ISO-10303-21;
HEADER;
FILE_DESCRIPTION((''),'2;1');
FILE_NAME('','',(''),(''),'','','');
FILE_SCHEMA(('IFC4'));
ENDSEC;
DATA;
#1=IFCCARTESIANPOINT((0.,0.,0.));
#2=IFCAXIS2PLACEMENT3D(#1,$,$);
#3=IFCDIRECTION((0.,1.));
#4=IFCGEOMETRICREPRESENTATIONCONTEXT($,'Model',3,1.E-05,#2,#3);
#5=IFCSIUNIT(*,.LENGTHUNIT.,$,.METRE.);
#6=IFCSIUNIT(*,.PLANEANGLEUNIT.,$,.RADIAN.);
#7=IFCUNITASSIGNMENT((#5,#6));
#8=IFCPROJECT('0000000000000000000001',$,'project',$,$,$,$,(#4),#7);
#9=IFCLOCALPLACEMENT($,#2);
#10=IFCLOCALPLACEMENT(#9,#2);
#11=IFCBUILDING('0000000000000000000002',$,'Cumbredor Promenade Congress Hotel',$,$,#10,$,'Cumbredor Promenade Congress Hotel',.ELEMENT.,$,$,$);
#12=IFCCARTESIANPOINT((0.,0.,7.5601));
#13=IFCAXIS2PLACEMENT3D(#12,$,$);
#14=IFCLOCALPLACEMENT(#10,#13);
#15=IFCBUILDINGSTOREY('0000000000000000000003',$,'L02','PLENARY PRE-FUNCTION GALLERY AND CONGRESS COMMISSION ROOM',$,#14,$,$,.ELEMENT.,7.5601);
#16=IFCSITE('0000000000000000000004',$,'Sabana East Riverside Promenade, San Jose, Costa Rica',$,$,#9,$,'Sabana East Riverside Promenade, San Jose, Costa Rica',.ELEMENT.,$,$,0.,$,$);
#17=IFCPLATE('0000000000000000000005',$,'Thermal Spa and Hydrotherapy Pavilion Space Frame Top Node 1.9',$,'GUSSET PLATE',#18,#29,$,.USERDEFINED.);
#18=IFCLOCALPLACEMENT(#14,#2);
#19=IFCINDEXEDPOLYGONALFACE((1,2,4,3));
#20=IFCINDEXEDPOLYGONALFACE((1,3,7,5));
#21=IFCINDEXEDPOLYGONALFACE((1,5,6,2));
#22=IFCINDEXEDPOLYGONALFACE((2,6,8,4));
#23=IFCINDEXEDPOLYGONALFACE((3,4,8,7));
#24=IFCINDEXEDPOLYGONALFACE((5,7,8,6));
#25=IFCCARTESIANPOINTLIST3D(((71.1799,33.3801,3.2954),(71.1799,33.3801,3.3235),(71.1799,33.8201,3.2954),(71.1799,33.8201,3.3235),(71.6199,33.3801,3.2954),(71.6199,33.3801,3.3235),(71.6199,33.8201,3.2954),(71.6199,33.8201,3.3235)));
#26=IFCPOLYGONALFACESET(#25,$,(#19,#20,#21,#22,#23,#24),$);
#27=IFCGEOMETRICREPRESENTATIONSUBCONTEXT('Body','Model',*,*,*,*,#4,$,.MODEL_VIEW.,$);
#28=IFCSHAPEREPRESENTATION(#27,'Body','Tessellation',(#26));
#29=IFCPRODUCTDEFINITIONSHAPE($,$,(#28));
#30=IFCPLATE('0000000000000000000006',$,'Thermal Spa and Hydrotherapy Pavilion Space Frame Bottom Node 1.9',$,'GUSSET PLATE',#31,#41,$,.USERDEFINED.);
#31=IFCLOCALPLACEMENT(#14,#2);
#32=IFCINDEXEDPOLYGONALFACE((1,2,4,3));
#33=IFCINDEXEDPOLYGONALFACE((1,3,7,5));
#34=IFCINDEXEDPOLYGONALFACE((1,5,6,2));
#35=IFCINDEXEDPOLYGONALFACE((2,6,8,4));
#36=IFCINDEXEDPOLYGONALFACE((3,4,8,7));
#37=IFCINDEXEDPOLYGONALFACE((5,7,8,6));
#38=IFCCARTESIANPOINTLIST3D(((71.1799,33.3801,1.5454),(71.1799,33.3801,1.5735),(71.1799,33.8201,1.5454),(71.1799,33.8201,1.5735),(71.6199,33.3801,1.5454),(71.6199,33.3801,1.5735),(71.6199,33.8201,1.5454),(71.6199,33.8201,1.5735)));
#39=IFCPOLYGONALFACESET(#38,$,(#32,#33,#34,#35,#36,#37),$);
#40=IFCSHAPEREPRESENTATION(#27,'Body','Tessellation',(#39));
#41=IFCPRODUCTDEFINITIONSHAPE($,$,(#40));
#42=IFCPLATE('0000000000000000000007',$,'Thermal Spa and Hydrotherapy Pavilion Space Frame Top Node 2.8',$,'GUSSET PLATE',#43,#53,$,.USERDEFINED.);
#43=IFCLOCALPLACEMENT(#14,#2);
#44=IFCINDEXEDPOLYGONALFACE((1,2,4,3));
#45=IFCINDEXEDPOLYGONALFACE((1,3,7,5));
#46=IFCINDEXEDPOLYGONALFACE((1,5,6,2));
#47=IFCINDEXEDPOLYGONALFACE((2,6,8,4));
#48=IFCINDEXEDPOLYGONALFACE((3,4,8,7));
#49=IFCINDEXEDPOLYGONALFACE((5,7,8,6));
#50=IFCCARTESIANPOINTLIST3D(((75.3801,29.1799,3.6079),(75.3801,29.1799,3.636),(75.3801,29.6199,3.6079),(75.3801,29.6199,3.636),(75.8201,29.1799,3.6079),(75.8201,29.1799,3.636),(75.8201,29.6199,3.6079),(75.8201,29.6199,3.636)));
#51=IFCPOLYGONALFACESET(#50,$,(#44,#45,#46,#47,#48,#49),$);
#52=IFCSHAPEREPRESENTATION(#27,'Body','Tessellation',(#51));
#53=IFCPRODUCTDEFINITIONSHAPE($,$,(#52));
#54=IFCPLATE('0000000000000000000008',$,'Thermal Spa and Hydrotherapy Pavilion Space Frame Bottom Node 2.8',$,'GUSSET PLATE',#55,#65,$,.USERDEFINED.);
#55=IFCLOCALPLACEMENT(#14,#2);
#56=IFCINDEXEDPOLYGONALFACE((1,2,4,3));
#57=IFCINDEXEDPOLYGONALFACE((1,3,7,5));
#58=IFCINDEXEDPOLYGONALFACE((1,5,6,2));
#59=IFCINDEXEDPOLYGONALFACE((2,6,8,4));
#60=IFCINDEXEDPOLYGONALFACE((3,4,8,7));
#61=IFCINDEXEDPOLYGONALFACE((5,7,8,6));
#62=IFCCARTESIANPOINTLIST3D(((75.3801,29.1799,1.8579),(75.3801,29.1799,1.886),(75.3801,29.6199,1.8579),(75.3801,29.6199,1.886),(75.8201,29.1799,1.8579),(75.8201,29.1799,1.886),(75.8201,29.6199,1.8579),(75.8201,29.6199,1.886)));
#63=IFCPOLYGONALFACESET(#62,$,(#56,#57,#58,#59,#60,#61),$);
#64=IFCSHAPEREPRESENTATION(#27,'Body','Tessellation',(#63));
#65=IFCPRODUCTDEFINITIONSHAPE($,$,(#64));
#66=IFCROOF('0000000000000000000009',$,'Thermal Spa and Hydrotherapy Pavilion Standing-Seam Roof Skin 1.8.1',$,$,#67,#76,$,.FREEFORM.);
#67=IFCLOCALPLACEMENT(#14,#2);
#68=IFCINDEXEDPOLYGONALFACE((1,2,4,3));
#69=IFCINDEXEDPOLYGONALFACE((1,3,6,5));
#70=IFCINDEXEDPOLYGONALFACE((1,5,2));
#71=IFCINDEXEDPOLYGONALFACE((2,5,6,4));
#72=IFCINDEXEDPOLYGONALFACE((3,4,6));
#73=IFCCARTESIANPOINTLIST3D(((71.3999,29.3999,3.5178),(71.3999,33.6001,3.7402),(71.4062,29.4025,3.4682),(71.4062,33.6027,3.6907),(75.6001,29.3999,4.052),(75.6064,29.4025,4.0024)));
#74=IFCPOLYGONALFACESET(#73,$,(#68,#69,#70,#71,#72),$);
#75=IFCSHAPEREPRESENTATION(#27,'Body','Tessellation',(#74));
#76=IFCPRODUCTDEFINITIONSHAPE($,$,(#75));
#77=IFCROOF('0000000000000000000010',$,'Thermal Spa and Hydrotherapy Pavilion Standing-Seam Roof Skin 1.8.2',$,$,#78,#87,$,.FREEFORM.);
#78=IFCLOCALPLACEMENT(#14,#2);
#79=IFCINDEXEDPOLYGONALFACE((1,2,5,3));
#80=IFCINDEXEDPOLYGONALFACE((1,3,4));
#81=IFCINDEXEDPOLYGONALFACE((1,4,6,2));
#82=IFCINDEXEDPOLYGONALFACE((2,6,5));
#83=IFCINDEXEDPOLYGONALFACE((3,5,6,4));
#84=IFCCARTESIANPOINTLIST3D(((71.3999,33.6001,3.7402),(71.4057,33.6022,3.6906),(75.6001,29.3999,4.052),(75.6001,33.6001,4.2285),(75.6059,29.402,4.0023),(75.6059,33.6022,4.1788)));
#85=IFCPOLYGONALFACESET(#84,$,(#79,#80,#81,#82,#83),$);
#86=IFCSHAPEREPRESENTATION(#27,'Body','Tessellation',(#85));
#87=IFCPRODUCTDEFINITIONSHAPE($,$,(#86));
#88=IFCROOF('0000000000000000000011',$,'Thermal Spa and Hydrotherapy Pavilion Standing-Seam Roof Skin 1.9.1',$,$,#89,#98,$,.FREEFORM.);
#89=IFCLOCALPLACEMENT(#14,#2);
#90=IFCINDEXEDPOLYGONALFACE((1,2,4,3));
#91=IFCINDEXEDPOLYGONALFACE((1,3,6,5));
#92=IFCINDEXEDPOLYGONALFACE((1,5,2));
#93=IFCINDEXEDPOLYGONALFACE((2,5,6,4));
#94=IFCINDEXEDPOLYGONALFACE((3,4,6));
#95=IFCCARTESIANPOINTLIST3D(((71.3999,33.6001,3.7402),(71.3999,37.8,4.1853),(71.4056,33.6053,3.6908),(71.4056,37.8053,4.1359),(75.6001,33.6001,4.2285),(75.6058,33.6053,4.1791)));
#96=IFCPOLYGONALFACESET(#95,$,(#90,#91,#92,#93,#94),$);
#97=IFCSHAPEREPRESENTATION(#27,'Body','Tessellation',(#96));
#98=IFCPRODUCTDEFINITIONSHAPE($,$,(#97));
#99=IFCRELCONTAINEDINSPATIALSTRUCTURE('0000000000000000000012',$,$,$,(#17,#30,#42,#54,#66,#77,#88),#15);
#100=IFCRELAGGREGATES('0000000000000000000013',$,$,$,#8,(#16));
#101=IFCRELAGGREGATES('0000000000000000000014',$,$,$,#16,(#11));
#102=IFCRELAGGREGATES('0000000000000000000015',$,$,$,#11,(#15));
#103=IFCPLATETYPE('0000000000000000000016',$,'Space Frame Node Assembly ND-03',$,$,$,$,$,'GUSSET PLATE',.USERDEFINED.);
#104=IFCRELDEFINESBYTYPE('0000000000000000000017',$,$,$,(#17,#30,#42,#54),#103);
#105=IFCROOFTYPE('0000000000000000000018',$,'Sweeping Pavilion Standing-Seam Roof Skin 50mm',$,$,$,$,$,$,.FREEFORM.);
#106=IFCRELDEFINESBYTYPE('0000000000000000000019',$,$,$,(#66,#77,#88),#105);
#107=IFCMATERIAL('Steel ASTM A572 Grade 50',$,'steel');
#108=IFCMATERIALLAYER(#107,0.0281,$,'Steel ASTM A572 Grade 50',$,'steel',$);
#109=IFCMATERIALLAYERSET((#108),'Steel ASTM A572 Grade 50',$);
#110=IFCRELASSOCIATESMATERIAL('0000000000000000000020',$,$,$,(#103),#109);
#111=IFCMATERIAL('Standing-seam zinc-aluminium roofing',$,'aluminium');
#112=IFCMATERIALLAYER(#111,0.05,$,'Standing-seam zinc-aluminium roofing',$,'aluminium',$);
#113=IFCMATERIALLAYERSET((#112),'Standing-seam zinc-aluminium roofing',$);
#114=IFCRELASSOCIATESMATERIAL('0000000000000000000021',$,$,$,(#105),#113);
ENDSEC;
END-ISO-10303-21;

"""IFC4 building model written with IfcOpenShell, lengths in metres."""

from ifc_helpers import new_model, si_unit, direction, frame, origin, origin_2d, place, context, subcontext, project, spatial, polyline, rectangle, outline, extrude, material, layer, layer_set, type_object, element, save


model = new_model("IFC4")

# Units and contexts
model_context = context("Model", 3, precision=1e-05, world=origin(), true_north=direction((0.0, 1.0)))
body_context = subcontext(model_context, "Body", "Model", "MODEL_VIEW")
ifc_project = project(units=[si_unit("LENGTHUNIT", "METRE"), si_unit("PLANEANGLEUNIT", "RADIAN")], contexts=[model_context])

# Site, building, storey
site_placement = place(None, origin())
site = spatial("IfcSite", under=ifc_project, at=site_placement, Name="Sabana East Riverside Promenade, San Jose, Costa Rica", LongName="Sabana East Riverside Promenade, San Jose, Costa Rica", CompositionType="ELEMENT", RefElevation=0.0)
building_placement = place(site_placement, origin())
building = spatial("IfcBuilding", under=site, at=building_placement, Name="Cumbredor Promenade Congress Hotel", LongName="Cumbredor Promenade Congress Hotel", CompositionType="ELEMENT")
storey_placement = place(building_placement, frame((0.0, 0.0, 7.5601)))
storey = spatial("IfcBuildingStorey", under=building, at=storey_placement, Name="L02", Description="PLENARY PRE-FUNCTION GALLERY AND CONGRESS COMMISSION ROOM", CompositionType="ELEMENT", Elevation=7.5601)

# Plates
ifc_material_1 = material(Name="Steel ASTM A572 Grade 50", Category="steel")
ifc_layer_1 = layer(ifc_material_1, 0.0281, Name="Steel ASTM A572 Grade 50", Category="steel")
ifc_layer_set_1 = layer_set([ifc_layer_1], Name="Steel ASTM A572 Grade 50")
plate_type_1 = type_object("IfcPlateType", Name="Space Frame Node Assembly ND-03", ElementType="GUSSET PLATE", PredefinedType="USERDEFINED", material=ifc_layer_set_1)
for number, where, z_axis, x_axis, name in (
    (1, (71.3999, 33.6001, 3.2954), (0.0, 0.0, 1.0), (1.0, 0.0, 0.0), "Thermal Spa and Hydrotherapy Pavilion Space Frame Top Node 1.9"),
    (2, (71.3999, 33.6001, 1.5454), (0.0, 0.0, 1.0), (1.0, 0.0, 0.0), "Thermal Spa and Hydrotherapy Pavilion Space Frame Bottom Node 1.9"),
    (3, (75.6001, 29.3999, 3.6079), (0.0, 0.0, 1.0), (1.0, 0.0, 0.0), "Thermal Spa and Hydrotherapy Pavilion Space Frame Top Node 2.8"),
    (4, (75.6001, 29.3999, 1.8579), (0.0, 0.0, 1.0), (1.0, 0.0, 0.0), "Thermal Spa and Hydrotherapy Pavilion Space Frame Bottom Node 2.8"),
):
    element("IfcPlate", number, at=place(storey_placement, frame(where, z_axis=z_axis, x_axis=x_axis)), inside=storey, type_object=plate_type_1, Name=name, ObjectType="GUSSET PLATE", PredefinedType="USERDEFINED", context=body_context, shape_type="SweptSolid", body=[
        extrude(rectangle(XDim=0.4399, YDim=0.4399, at=origin_2d()), origin(), (0.0, 0.0, 1.0), 0.0281),
    ])

# Roofs
ifc_material_2 = material(Name="Standing-seam zinc-aluminium roofing", Category="aluminium")
ifc_layer_2 = layer(ifc_material_2, 0.05, Name="Standing-seam zinc-aluminium roofing", Category="aluminium")
ifc_layer_set_2 = layer_set([ifc_layer_2], Name="Standing-seam zinc-aluminium roofing")
roof_type = type_object("IfcRoofType", Name="Sweeping Pavilion Standing-Seam Roof Skin 50mm", PredefinedType="FREEFORM", material=ifc_layer_set_2)
roof_1_placement = place(storey_placement, frame((71.3999, 29.3999, 3.5178), z_axis=(-0.12599, -0.052457, 0.990644), x_axis=(0.992009, 0.0, 0.126163)))
element("IfcRoof", 5, at=roof_1_placement, inside=storey, type_object=roof_type, Name="Thermal Spa and Hydrotherapy Pavilion Standing-Seam Roof Skin 1.8.1", PredefinedType="FREEFORM", context=body_context, shape_type="SweptSolid", body=[
    extrude(outline(polyline([(0.0, 0.0), (4.234, 0.0), (0.0281, 4.206), (0.0, 0.0)])), origin(), (0.0, 0.0, -1.0), 0.05),
])
roof_2_placement = place(storey_placement, frame((75.6001, 29.3999, 4.052), z_axis=(-0.115374, -0.041708, 0.992446), x_axis=(0.0, 0.999118, 0.041988)))
element("IfcRoof", 6, at=roof_2_placement, inside=storey, type_object=roof_type, Name="Thermal Spa and Hydrotherapy Pavilion Standing-Seam Roof Skin 1.8.2", PredefinedType="FREEFORM", context=body_context, shape_type="SweptSolid", body=[
    extrude(outline(polyline([(0.0, 0.0), (4.2039, 0.0), (4.1834, 4.2284), (0.0, 0.0)])), origin(), (0.0, 0.0, -1.0), 0.05),
])
roof_3_placement = place(storey_placement, frame((71.3999, 33.6001, 3.7402), z_axis=(-0.11484, -0.104683, 0.987853), x_axis=(0.99331, 0.0, 0.115474)))
element("IfcRoof", 7, at=roof_3_placement, inside=storey, type_object=roof_type, Name="Thermal Spa and Hydrotherapy Pavilion Standing-Seam Roof Skin 1.9.1", PredefinedType="FREEFORM", context=body_context, shape_type="SweptSolid", body=[
    extrude(outline(polyline([(0.0, 0.0), (4.2285, 0.0), (0.0514, 4.2232), (0.0, 0.0)])), origin(), (0.0, 0.0, -1.0), 0.05),
])

save(model, "model.ifc")
